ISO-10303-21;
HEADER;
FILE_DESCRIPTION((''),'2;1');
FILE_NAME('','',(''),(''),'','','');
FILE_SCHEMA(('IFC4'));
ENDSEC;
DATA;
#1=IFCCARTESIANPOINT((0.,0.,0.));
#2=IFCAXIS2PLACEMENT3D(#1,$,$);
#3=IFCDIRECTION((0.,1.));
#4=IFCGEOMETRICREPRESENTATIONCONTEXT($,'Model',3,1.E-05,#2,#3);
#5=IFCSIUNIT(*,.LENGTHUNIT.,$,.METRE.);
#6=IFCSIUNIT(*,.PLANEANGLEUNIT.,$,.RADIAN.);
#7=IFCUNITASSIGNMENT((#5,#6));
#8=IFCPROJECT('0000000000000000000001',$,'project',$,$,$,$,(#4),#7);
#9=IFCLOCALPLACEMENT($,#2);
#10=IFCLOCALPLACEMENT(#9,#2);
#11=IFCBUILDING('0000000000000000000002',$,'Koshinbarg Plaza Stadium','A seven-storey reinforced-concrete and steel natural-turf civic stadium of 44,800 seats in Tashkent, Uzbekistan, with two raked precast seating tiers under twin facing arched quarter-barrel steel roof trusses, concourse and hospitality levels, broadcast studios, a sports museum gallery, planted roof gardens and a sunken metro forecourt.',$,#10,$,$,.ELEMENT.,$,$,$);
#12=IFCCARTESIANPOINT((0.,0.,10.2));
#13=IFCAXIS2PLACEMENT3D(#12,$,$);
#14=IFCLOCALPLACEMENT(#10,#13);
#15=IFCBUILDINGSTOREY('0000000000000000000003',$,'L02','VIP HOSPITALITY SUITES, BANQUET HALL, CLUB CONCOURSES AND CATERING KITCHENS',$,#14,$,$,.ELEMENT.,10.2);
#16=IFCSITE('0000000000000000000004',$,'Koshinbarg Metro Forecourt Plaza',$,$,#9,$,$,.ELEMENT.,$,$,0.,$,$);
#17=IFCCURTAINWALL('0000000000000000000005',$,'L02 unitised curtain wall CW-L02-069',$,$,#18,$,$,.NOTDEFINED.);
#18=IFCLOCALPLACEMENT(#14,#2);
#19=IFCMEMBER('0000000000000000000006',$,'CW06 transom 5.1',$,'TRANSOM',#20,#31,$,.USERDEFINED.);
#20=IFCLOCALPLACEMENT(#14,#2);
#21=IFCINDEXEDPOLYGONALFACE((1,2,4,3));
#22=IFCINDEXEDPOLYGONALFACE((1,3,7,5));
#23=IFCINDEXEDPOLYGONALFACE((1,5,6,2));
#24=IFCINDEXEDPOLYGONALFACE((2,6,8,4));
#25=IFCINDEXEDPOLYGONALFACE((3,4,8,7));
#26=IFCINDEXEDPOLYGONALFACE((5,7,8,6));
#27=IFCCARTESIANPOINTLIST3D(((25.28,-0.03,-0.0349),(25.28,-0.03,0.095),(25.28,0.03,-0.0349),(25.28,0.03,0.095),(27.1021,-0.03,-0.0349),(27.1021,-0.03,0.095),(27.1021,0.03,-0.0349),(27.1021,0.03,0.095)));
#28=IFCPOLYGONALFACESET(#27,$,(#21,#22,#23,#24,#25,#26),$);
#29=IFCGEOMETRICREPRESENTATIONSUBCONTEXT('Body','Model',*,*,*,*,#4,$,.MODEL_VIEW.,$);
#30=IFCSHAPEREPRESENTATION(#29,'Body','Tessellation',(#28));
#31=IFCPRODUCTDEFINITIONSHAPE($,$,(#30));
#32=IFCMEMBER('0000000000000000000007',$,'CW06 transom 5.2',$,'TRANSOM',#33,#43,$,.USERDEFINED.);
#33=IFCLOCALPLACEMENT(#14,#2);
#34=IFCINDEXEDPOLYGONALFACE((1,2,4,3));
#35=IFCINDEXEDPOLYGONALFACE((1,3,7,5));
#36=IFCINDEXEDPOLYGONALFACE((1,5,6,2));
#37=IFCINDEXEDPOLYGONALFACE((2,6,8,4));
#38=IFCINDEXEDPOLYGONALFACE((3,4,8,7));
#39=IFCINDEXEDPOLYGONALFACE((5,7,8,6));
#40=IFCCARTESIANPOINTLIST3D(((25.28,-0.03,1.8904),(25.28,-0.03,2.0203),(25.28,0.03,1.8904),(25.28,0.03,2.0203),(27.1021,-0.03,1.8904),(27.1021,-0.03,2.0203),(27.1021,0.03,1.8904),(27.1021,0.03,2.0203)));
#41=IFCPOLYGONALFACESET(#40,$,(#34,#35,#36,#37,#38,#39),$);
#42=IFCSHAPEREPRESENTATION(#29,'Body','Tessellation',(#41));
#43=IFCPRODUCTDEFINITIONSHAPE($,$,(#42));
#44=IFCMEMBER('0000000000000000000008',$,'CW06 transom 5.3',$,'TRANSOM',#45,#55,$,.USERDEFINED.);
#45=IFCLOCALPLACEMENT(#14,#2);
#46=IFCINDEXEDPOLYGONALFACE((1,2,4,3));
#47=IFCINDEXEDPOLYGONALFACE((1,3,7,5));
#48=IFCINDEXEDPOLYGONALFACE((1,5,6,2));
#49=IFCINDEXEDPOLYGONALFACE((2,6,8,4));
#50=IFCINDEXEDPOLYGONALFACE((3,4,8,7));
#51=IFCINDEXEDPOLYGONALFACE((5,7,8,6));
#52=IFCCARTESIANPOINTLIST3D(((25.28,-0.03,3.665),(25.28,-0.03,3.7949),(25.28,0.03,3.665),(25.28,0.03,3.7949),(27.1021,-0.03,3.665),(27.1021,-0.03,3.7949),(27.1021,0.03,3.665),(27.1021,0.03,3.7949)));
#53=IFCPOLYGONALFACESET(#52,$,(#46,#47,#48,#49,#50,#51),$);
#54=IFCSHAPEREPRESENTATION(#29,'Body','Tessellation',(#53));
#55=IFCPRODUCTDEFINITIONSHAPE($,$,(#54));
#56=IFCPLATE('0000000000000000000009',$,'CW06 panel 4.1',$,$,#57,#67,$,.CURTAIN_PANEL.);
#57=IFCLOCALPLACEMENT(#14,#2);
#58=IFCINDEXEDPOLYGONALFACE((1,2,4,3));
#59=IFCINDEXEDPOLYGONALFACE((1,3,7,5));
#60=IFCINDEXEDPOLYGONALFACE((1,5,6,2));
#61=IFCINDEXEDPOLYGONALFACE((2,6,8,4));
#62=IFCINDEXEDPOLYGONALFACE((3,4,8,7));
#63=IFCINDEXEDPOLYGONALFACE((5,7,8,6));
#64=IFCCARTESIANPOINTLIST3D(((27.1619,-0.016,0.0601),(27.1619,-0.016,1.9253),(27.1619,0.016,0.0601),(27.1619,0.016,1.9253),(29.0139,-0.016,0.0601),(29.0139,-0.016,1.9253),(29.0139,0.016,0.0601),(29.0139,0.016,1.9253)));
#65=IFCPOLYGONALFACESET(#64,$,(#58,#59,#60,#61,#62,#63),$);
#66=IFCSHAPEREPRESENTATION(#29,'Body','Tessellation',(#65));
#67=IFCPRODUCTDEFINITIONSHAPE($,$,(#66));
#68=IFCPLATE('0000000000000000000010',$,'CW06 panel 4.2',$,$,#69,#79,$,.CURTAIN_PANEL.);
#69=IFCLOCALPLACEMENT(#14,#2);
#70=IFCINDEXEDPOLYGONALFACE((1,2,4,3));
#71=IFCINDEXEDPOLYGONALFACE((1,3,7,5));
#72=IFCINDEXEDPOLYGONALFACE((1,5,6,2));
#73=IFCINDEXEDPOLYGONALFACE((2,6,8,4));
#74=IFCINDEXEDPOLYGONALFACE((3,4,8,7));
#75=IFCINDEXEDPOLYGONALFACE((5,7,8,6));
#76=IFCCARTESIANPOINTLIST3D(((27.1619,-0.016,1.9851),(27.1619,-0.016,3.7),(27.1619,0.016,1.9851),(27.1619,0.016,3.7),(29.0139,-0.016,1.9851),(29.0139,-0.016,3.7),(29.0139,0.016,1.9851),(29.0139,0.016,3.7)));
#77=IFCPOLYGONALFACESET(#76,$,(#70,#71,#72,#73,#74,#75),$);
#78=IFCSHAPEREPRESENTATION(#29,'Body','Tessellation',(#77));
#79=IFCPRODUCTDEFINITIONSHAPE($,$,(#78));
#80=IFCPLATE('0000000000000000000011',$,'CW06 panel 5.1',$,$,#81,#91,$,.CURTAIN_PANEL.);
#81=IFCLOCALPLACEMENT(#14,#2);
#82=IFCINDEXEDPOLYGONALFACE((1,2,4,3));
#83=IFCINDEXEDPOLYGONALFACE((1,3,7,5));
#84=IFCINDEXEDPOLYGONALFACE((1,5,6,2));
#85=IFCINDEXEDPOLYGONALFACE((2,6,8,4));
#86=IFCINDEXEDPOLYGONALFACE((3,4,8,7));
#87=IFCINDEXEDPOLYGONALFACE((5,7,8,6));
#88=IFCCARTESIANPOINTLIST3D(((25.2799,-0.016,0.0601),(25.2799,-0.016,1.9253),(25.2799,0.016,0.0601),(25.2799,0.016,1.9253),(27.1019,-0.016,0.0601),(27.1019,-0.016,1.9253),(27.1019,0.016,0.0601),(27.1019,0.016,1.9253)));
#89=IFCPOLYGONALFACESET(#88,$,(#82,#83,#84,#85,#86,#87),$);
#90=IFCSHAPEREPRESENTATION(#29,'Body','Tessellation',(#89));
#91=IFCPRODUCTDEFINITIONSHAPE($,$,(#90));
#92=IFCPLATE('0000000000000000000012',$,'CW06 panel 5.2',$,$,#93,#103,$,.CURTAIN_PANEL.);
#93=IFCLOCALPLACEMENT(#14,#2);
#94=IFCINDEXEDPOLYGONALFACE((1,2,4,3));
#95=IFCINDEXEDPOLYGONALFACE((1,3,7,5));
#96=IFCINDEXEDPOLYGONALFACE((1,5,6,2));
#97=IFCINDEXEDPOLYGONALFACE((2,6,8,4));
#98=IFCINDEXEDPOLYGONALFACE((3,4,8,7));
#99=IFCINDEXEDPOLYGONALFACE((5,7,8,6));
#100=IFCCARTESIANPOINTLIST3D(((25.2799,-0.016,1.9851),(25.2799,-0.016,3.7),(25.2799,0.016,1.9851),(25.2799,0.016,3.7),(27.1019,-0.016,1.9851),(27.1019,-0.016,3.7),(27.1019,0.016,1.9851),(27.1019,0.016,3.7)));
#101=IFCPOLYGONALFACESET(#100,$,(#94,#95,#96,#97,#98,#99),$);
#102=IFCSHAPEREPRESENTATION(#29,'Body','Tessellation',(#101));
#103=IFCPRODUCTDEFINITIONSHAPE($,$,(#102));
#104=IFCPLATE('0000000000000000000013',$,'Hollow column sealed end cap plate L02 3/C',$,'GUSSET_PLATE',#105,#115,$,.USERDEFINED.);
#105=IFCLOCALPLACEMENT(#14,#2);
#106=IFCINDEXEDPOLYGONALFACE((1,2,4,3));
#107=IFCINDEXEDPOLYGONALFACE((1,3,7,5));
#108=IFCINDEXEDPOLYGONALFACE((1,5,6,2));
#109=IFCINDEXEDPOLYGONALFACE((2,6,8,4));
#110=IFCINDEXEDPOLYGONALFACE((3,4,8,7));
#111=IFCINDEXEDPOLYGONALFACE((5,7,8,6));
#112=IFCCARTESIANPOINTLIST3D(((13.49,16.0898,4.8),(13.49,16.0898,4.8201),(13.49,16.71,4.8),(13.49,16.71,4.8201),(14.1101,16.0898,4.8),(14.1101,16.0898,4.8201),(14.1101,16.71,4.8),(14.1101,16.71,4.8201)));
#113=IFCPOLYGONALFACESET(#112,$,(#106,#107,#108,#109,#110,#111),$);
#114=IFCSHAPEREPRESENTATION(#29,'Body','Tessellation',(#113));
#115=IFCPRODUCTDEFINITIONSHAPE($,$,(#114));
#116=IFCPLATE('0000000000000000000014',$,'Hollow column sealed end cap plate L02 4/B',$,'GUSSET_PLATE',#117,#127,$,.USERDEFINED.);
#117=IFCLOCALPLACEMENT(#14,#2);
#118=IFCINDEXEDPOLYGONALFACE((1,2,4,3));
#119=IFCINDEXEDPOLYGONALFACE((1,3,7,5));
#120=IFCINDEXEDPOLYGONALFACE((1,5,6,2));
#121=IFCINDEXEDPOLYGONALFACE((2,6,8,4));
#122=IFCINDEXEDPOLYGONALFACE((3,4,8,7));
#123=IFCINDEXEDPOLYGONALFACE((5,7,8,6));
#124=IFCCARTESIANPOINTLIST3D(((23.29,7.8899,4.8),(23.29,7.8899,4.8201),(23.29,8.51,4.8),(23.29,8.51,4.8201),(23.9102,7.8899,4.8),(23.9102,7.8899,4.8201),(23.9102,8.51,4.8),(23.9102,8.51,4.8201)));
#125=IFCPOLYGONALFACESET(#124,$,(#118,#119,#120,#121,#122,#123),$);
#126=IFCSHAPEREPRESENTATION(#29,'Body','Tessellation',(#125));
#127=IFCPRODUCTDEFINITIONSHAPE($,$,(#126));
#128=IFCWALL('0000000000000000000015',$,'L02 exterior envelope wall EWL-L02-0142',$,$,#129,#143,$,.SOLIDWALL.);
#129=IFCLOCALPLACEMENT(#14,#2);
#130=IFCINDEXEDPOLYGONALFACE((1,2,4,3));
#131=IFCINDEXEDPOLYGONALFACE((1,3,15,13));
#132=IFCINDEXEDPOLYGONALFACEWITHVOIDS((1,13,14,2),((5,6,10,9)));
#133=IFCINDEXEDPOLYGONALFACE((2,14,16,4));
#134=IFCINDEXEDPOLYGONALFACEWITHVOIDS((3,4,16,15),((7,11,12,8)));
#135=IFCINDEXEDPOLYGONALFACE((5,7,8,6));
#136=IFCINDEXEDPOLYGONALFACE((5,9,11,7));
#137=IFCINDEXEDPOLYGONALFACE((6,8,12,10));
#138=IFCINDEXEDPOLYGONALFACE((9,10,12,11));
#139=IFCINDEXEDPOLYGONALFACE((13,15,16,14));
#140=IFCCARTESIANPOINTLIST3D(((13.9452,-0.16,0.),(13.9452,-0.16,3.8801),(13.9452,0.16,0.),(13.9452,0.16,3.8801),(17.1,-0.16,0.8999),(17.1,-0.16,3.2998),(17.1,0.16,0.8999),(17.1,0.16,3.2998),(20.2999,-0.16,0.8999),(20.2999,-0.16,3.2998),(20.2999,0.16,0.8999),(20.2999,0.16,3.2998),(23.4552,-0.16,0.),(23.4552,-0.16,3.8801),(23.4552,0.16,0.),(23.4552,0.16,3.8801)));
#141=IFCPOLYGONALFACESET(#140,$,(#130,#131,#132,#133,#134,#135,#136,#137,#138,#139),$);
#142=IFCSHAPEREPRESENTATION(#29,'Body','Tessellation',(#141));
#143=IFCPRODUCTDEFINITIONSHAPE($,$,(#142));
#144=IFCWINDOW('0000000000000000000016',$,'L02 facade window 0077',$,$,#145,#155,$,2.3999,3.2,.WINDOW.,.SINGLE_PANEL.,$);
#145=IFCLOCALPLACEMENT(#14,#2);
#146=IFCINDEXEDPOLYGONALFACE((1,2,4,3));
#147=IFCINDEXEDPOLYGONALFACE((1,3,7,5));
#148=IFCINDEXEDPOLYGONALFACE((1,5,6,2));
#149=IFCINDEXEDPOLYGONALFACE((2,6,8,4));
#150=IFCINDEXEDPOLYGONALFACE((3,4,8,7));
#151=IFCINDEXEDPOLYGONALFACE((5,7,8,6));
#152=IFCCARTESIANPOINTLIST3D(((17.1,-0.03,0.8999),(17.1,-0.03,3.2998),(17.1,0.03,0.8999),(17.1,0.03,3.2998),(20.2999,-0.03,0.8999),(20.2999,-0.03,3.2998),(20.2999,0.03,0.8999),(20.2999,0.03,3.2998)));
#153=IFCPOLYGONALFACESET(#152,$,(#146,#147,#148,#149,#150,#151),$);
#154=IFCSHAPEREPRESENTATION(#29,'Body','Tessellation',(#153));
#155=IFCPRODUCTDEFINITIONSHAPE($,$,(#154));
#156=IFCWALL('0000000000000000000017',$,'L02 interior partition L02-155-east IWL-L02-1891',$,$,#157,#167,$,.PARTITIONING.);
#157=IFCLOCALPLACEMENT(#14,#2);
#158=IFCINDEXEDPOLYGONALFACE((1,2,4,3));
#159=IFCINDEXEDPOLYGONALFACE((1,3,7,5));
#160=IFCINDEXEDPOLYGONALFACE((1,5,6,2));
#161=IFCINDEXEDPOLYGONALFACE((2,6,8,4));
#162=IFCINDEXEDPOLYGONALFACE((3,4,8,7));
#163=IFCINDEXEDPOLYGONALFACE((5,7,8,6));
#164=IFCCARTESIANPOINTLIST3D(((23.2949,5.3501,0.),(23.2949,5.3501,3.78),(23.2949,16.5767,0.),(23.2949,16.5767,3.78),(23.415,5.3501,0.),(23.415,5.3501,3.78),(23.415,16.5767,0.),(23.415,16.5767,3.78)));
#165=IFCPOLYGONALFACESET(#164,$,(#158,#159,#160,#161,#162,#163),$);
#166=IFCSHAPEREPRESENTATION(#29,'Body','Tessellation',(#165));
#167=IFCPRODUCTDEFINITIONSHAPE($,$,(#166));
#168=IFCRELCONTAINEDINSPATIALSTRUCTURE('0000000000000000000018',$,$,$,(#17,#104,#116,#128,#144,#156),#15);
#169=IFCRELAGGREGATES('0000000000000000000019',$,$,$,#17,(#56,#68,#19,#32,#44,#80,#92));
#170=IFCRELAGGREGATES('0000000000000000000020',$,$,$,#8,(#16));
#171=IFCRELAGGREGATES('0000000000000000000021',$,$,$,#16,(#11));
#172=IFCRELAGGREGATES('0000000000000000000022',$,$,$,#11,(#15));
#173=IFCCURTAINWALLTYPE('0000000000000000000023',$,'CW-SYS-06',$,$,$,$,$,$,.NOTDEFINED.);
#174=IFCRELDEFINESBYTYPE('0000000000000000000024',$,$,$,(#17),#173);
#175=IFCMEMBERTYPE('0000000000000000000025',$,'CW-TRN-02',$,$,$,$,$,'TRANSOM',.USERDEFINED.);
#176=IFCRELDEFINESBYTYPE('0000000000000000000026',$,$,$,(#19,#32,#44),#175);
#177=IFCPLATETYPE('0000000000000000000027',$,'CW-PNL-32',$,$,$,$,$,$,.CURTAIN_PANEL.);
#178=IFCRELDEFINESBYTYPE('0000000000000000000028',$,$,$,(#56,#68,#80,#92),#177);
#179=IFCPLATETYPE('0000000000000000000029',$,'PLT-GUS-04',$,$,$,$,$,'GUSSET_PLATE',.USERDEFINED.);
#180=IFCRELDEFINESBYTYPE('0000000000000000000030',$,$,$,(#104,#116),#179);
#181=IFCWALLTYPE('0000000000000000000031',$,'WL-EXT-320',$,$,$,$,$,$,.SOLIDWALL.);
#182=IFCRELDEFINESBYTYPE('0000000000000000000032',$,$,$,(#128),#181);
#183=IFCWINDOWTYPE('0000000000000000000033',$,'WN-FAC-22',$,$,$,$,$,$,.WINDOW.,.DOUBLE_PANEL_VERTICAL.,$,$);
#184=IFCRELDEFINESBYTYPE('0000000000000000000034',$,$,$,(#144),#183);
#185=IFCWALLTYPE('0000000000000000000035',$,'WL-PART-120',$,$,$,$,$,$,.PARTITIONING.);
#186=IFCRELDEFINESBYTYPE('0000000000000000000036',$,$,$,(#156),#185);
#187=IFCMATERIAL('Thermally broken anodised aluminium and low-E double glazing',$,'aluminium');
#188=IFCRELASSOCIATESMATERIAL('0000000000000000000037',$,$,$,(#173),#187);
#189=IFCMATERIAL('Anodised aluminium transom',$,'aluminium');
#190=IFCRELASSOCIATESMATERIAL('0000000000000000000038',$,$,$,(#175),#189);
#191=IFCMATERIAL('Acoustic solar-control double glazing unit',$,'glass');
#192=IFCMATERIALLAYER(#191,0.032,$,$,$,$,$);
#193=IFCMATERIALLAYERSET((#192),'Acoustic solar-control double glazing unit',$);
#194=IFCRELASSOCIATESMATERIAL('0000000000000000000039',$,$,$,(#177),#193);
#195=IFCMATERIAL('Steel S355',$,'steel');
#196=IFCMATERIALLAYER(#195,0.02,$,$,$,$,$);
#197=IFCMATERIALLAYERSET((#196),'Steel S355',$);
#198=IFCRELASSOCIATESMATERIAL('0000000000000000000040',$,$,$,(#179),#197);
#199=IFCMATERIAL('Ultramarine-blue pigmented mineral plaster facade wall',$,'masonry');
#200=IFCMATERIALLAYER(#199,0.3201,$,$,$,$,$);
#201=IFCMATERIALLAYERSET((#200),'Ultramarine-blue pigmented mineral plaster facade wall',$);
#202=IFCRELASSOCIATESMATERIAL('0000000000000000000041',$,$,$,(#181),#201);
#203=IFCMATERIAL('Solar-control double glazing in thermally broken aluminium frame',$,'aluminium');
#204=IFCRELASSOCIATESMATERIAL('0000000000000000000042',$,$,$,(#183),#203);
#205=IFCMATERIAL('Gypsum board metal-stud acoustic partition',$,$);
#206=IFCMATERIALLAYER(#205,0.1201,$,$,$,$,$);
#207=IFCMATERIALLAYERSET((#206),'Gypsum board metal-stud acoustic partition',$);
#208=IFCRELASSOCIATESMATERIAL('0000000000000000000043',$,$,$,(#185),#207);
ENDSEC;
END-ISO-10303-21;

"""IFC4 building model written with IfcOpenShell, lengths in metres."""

from ifc_helpers import new_model, si_unit, direction, frame, frame_2d, origin, origin_2d, place, context, subcontext, project, spatial, rectangle, extrude, material, layer, layer_set, material_profile, profile_set, type_object, element, fill, aggregate, save


model = new_model("IFC4")

# Units and contexts
model_context = context("Model", 3, precision=1e-05, world=origin(), true_north=direction((0.0, 1.0)))
body_context = subcontext(model_context, "Body", "Model", "MODEL_VIEW")
ifc_project = project(units=[si_unit("LENGTHUNIT", "METRE"), si_unit("PLANEANGLEUNIT", "RADIAN")], contexts=[model_context])

# Site, building, storey
site_placement = place(None, origin())
site = spatial("IfcSite", under=ifc_project, at=site_placement, Name="Koshinbarg Metro Forecourt Plaza", CompositionType="ELEMENT", RefElevation=0.0)
building_placement = place(site_placement, origin())
building = spatial("IfcBuilding", under=site, at=building_placement, Name="Koshinbarg Plaza Stadium", Description="A seven-storey reinforced-concrete and steel natural-turf civic stadium of 44,800 seats in Tashkent, Uzbekistan, with two raked precast seating tiers under twin facing arched quarter-barrel steel roof trusses, concourse and hospitality levels, broadcast studios, a sports museum gallery, planted roof gardens and a sunken metro forecourt.", CompositionType="ELEMENT")
storey_placement = place(building_placement, frame((0.0, 0.0, 10.2)))
storey = spatial("IfcBuildingStorey", under=building, at=storey_placement, Name="L02", Description="VIP HOSPITALITY SUITES, BANQUET HALL, CLUB CONCOURSES AND CATERING KITCHENS", CompositionType="ELEMENT", Elevation=10.2)

# Shared definitions
ifc_material_1 = material(Name="Steel S355", Category="steel")

# Curtain wall, members, plates
ifc_material_2 = material(Name="Thermally broken anodised aluminium and low-E double glazing", Category="aluminium")
curtain_wall_type = type_object("IfcCurtainWallType", Name="CW-SYS-06", PredefinedType="NOTDEFINED", material=ifc_material_2)
curtain_wall_placement = place(storey_placement, origin())
curtain_wall = element("IfcCurtainWall", 1, at=curtain_wall_placement, inside=storey, type_object=curtain_wall_type, Name="L02 unitised curtain wall CW-L02-069", PredefinedType="NOTDEFINED")
ifc_material_3 = material(Name="Anodised aluminium transom", Category="aluminium")
ifc_material_profile_1 = material_profile(ifc_material_3, rectangle(XDim=0.0601, YDim=0.1299, at=origin_2d()), Name="ALU 60x130")
ifc_profile_set_1 = profile_set([ifc_material_profile_1], Name="Anodised aluminium transom")
member_type_1 = type_object("IfcMemberType", Name="CW-TRN-02", ElementType="TRANSOM", PredefinedType="USERDEFINED", material=ifc_profile_set_1)
member_1_placement = place(storey_placement, frame((27.1021, 0.0, 0.03), z_axis=(-1.0, 0.0, 0.0), x_axis=(0.0, -1.0, 0.0)))
member_1 = element("IfcMember", 2, at=member_1_placement, type_object=member_type_1, Name="CW06 transom 5.1", ObjectType="TRANSOM", PredefinedType="USERDEFINED", context=body_context, shape_type="SweptSolid", body=[
    extrude(rectangle(XDim=0.0601, YDim=0.1299, at=origin_2d()), origin(), (0.0, 0.0, 1.0), 1.822),
])
member_2_placement = place(storey_placement, frame((27.1021, 0.0, 1.9553), z_axis=(-1.0, 0.0, 0.0), x_axis=(0.0, -1.0, 0.0)))
member_2 = element("IfcMember", 3, at=member_2_placement, type_object=member_type_1, Name="CW06 transom 5.2", ObjectType="TRANSOM", PredefinedType="USERDEFINED", context=body_context, shape_type="SweptSolid", body=[
    extrude(rectangle(XDim=0.0601, YDim=0.1299, at=origin_2d()), origin(), (0.0, 0.0, 1.0), 1.822),
])
member_3_placement = place(storey_placement, frame((27.1021, 0.0, 3.73), z_axis=(-1.0, 0.0, 0.0), x_axis=(0.0, -1.0, 0.0)))
member_3 = element("IfcMember", 4, at=member_3_placement, type_object=member_type_1, Name="CW06 transom 5.3", ObjectType="TRANSOM", PredefinedType="USERDEFINED", context=body_context, shape_type="SweptSolid", body=[
    extrude(rectangle(XDim=0.0601, YDim=0.1299, at=origin_2d()), origin(), (0.0, 0.0, 1.0), 1.822),
])
ifc_material_4 = material(Name="Acoustic solar-control double glazing unit", Category="glass")
ifc_layer_1 = layer(ifc_material_4, 0.032)
ifc_layer_set_1 = layer_set([ifc_layer_1], Name="Acoustic solar-control double glazing unit")
plate_type_1 = type_object("IfcPlateType", Name="CW-PNL-32", PredefinedType="CURTAIN_PANEL", material=ifc_layer_set_1)
plate_1_placement = place(storey_placement, frame((28.0879, 0.0, 0.0601), z_axis=(0.0, 0.0, 1.0), x_axis=(-1.0, 0.0, 0.0)))
plate_1 = element("IfcPlate", 5, at=plate_1_placement, type_object=plate_type_1, Name="CW06 panel 4.1", PredefinedType="CURTAIN_PANEL", context=body_context, shape_type="SweptSolid", body=[
    extrude(rectangle(XDim=1.8521, YDim=0.032, at=origin_2d()), origin(), (0.0, 0.0, 1.0), 1.8652),
])
plate_2_placement = place(storey_placement, frame((28.0879, 0.0, 1.9851), z_axis=(0.0, 0.0, 1.0), x_axis=(-1.0, 0.0, 0.0)))
plate_2 = element("IfcPlate", 6, at=plate_2_placement, type_object=plate_type_1, Name="CW06 panel 4.2", PredefinedType="CURTAIN_PANEL", context=body_context, shape_type="SweptSolid", body=[
    extrude(rectangle(XDim=1.8521, YDim=0.032, at=origin_2d()), origin(), (0.0, 0.0, 1.0), 1.7148),
])
plate_3_placement = place(storey_placement, frame((26.1909, 0.0, 0.0601), z_axis=(0.0, 0.0, 1.0), x_axis=(-1.0, 0.0, 0.0)))
plate_3 = element("IfcPlate", 7, at=plate_3_placement, type_object=plate_type_1, Name="CW06 panel 5.1", PredefinedType="CURTAIN_PANEL", context=body_context, shape_type="SweptSolid", body=[
    extrude(rectangle(XDim=1.822, YDim=0.032, at=origin_2d()), origin(), (0.0, 0.0, 1.0), 1.8652),
])
plate_4_placement = place(storey_placement, frame((26.1909, 0.0, 1.9851), z_axis=(0.0, 0.0, 1.0), x_axis=(-1.0, 0.0, 0.0)))
plate_4 = element("IfcPlate", 8, at=plate_4_placement, type_object=plate_type_1, Name="CW06 panel 5.2", PredefinedType="CURTAIN_PANEL", context=body_context, shape_type="SweptSolid", body=[
    extrude(rectangle(XDim=1.822, YDim=0.032, at=origin_2d()), origin(), (0.0, 0.0, 1.0), 1.7148),
])
aggregate(curtain_wall, [plate_1, plate_2, member_1, member_2, member_3, plate_3, plate_4])

# Plates
ifc_layer_2 = layer(ifc_material_1, 0.02)
ifc_layer_set_2 = layer_set([ifc_layer_2], Name="Steel S355")
plate_type_2 = type_object("IfcPlateType", Name="PLT-GUS-04", ElementType="GUSSET_PLATE", PredefinedType="USERDEFINED", material=ifc_layer_set_2)
for number, where, z_axis, x_axis, name in (
    (9, (13.8, 16.3999, 4.8), (0.0, 0.0, 1.0), (1.0, 0.0, 0.0), "Hollow column sealed end cap plate L02 3/C"),
    (10, (23.6001, 8.2, 4.8), (0.0, 0.0, 1.0), (1.0, 0.0, 0.0), "Hollow column sealed end cap plate L02 4/B"),
):
    element("IfcPlate", number, at=place(storey_placement, frame(where, z_axis=z_axis, x_axis=x_axis)), inside=storey, type_object=plate_type_2, Name=name, ObjectType="GUSSET_PLATE", PredefinedType="USERDEFINED", context=body_context, shape_type="SweptSolid", body=[
        extrude(rectangle(XDim=0.6201, YDim=0.6201, at=origin_2d()), origin(), (0.0, 0.0, 1.0), 0.02),
    ])

# Wall, opening, window
ifc_material_5 = material(Name="Ultramarine-blue pigmented mineral plaster facade wall", Category="masonry")
ifc_layer_3 = layer(ifc_material_5, 0.3201)
ifc_layer_set_3 = layer_set([ifc_layer_3], Name="Ultramarine-blue pigmented mineral plaster facade wall")
wall_type_1 = type_object("IfcWallType", Name="WL-EXT-320", PredefinedType="SOLIDWALL", material=ifc_layer_set_3)
wall_1_placement = place(storey_placement, frame((23.4551, 0.0, 0.0), z_axis=(0.0, 0.0, 1.0), x_axis=(-1.0, 0.0, 0.0)))
wall_1 = element("IfcWall", 11, at=wall_1_placement, inside=storey, type_object=wall_type_1, Name="L02 exterior envelope wall EWL-L02-0142", PredefinedType="SOLIDWALL", context=body_context, shape_type="SweptSolid", body=[
    extrude(rectangle(XDim=9.51, YDim=0.3201, at=frame_2d((4.7549, 0.0))), origin(), (0.0, 0.0, 1.0), 3.8801),
])
opening_placement = place(wall_1_placement, frame((3.155, 0.0, 0.8999)))
opening = element("IfcOpeningElement", 12, at=opening_placement, cuts=wall_1, PredefinedType="OPENING", context=body_context, shape_type="SweptSolid", body=[
    extrude(rectangle(XDim=3.2, YDim=2.3999, at=frame_2d((1.6001, 1.2))), frame((0.0, 0.1699, 0.0), z_axis=(0.0, -1.0, 0.0), x_axis=(1.0, 0.0, 0.0)), (0.0, 0.0, 1.0), 0.3401),
])
ifc_material_6 = material(Name="Solar-control double glazing in thermally broken aluminium frame", Category="aluminium")
window_type = type_object("IfcWindowType", Name="WN-FAC-22", PartitioningType="DOUBLE_PANEL_VERTICAL", PredefinedType="WINDOW", material=ifc_material_6)
window_placement = place(opening_placement, origin())
window = element("IfcWindow", 13, at=window_placement, inside=storey, type_object=window_type, Name="L02 facade window 0077", OverallHeight=2.3999, OverallWidth=3.2, PartitioningType="SINGLE_PANEL", PredefinedType="WINDOW", context=body_context, shape_type="SweptSolid", body=[
    extrude(rectangle(XDim=3.2, YDim=2.3999, at=frame_2d((1.6001, 1.2))), frame((0.0, 0.03, 0.0), z_axis=(0.0, -1.0, 0.0), x_axis=(1.0, 0.0, 0.0)), (0.0, 0.0, 1.0), 0.0601),
])
fill(opening, window)

# Wall
ifc_material_7 = material(Name="Gypsum board metal-stud acoustic partition")
ifc_layer_4 = layer(ifc_material_7, 0.1201)
ifc_layer_set_4 = layer_set([ifc_layer_4], Name="Gypsum board metal-stud acoustic partition")
wall_type_2 = type_object("IfcWallType", Name="WL-PART-120", PredefinedType="PARTITIONING", material=ifc_layer_set_4)
wall_2_placement = place(storey_placement, frame((23.355, 5.3501, 0.0), z_axis=(0.0, 0.0, 1.0), x_axis=(0.0, 1.0, 0.0)))
element("IfcWall", 14, at=wall_2_placement, inside=storey, type_object=wall_type_2, Name="L02 interior partition L02-155-east IWL-L02-1891", PredefinedType="PARTITIONING", context=body_context, shape_type="SweptSolid", body=[
    extrude(rectangle(XDim=11.2266, YDim=0.1201, at=frame_2d((5.6133, 0.0))), origin(), (0.0, 0.0, 1.0), 3.78),
])

save(model, "model.ifc")
